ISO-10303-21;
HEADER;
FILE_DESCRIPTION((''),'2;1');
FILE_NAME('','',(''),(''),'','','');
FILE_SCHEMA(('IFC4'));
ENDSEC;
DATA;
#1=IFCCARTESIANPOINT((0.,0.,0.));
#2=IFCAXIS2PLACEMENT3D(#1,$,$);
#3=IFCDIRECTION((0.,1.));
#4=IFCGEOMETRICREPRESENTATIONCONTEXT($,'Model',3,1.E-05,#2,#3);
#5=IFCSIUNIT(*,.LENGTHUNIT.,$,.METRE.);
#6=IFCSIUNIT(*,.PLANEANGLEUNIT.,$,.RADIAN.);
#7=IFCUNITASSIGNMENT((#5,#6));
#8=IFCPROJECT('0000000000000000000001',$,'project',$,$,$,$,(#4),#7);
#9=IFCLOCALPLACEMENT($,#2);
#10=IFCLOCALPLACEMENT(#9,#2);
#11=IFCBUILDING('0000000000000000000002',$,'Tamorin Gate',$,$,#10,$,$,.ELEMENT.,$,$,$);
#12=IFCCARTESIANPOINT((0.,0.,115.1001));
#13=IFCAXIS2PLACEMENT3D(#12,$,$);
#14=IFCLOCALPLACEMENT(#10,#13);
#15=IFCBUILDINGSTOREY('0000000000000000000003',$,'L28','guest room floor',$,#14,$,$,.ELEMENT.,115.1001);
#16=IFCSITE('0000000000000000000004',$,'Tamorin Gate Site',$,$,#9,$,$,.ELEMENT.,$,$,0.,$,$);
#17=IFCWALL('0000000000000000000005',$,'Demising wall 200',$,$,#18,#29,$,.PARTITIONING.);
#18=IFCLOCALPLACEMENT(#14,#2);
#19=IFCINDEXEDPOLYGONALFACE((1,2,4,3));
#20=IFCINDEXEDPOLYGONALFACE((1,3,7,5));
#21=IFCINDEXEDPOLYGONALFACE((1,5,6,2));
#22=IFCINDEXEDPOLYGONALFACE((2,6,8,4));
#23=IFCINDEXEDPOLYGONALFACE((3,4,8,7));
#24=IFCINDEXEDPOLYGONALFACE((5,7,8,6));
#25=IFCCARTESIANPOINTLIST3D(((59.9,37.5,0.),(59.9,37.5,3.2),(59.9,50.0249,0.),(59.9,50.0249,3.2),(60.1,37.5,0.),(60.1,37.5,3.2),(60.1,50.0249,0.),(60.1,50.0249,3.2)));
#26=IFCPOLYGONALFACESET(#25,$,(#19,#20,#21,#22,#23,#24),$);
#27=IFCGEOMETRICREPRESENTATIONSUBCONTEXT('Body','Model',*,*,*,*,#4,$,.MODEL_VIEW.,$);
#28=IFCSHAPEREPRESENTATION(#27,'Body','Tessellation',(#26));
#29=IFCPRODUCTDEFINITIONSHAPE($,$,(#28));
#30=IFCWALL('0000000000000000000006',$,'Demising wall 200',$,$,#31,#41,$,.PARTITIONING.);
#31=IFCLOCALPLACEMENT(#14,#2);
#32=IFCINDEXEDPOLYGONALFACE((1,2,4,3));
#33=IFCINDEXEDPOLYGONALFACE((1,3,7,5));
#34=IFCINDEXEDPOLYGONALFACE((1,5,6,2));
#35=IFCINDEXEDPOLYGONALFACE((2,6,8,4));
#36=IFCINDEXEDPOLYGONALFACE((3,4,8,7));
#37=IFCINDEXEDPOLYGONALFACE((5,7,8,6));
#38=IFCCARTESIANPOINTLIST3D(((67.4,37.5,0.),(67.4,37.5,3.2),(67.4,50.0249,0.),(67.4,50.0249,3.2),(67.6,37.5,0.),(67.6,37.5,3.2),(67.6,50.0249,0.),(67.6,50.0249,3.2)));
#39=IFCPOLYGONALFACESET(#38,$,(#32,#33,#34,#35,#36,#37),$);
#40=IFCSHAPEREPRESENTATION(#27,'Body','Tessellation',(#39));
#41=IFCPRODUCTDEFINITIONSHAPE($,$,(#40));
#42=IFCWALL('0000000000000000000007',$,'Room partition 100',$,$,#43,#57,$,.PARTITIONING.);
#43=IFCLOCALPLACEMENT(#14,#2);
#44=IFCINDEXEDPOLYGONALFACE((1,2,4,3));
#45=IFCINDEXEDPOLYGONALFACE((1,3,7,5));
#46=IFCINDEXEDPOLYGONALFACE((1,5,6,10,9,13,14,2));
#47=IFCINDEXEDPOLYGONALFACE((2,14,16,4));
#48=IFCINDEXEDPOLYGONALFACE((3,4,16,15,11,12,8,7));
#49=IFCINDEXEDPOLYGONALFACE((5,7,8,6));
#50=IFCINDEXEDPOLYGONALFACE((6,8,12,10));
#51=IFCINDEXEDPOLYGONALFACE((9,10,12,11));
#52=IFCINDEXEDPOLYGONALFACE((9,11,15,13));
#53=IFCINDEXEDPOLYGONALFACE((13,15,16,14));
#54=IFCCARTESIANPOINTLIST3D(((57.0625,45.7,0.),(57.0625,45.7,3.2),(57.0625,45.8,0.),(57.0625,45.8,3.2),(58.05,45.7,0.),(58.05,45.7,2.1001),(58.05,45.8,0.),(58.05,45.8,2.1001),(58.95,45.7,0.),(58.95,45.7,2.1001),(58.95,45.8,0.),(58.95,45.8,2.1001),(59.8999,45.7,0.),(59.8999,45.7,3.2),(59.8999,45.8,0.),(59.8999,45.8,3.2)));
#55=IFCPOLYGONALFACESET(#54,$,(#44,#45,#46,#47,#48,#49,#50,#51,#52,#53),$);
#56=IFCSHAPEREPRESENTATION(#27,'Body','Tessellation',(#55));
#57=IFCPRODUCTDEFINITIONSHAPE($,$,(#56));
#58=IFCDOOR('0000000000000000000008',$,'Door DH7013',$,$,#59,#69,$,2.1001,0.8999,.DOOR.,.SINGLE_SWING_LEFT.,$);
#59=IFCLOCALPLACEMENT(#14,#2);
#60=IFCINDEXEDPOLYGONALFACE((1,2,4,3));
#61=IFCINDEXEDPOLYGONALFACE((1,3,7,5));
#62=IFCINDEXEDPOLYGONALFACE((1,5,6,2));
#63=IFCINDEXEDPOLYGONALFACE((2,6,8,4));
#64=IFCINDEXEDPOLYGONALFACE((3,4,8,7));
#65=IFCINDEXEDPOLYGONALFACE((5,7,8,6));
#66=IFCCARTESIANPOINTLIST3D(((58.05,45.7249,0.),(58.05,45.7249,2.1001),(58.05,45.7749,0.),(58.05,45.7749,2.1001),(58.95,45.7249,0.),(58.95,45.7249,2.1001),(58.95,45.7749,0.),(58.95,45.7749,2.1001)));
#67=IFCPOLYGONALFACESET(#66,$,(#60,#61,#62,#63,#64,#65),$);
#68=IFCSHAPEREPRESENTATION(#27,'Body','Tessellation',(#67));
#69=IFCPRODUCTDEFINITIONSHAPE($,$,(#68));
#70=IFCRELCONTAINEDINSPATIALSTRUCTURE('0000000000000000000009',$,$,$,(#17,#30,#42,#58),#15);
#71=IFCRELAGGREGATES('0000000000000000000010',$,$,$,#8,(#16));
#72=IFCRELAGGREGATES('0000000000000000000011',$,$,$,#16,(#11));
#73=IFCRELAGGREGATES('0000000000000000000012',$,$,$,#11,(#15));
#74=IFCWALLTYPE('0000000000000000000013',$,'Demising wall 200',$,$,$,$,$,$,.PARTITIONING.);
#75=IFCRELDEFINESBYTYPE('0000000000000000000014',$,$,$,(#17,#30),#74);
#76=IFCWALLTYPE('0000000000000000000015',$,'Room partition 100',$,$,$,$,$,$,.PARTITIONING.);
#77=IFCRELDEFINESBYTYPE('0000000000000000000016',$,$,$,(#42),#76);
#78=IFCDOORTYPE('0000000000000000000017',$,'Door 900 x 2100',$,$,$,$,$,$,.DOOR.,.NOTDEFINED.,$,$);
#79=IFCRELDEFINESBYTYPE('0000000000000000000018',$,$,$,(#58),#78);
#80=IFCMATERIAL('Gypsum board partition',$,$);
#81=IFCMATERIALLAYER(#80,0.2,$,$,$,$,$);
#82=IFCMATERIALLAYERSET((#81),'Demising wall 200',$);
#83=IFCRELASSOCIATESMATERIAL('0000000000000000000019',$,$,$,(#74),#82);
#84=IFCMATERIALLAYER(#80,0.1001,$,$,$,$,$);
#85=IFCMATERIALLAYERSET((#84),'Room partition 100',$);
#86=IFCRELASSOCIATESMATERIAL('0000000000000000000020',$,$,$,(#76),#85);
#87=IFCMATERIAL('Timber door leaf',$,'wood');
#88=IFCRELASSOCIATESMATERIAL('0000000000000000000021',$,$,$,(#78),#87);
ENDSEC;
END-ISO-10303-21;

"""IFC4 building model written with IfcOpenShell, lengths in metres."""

from ifc_helpers import new_model, si_unit, direction, frame, frame_2d, origin, place, context, subcontext, project, spatial, rectangle, extrude, material, layer, layer_set, type_object, element, fill, save


model = new_model("IFC4")

# Units and contexts
model_context = context("Model", 3, precision=1e-05, world=origin(), true_north=direction((0.0, 1.0)))
body_context = subcontext(model_context, "Body", "Model", "MODEL_VIEW")
ifc_project = project(units=[si_unit("LENGTHUNIT", "METRE"), si_unit("PLANEANGLEUNIT", "RADIAN")], contexts=[model_context])

# Site, building, storey
site_placement = place(None, origin())
site = spatial("IfcSite", under=ifc_project, at=site_placement, Name="Tamorin Gate Site", CompositionType="ELEMENT", RefElevation=0.0)
building_placement = place(site_placement, origin())
building = spatial("IfcBuilding", under=site, at=building_placement, Name="Tamorin Gate", CompositionType="ELEMENT")
storey_placement = place(building_placement, frame((0.0, 0.0, 115.1001)))
storey = spatial("IfcBuildingStorey", under=building, at=storey_placement, Name="L28", Description="guest room floor", CompositionType="ELEMENT", Elevation=115.1001)

# Walls
ifc_material_1 = material(Name="Gypsum board partition")
ifc_layer_1 = layer(ifc_material_1, 0.2)
ifc_layer_set_1 = layer_set([ifc_layer_1], Name="Demising wall 200")
wall_type_1 = type_object("IfcWallType", Name="Demising wall 200", PredefinedType="PARTITIONING", material=ifc_layer_set_1)
for number, where, z_axis, x_axis, name in (
    (1, (60.0, 37.5, 0.0), (0.0, 0.0, 1.0), (0.0, 1.0, 0.0), "Demising wall 200"),
    (2, (67.5, 37.5, 0.0), (0.0, 0.0, 1.0), (0.0, 1.0, 0.0), "Demising wall 200"),
):
    element("IfcWall", number, at=place(storey_placement, frame(where, z_axis=z_axis, x_axis=x_axis)), inside=storey, type_object=wall_type_1, Name=name, PredefinedType="PARTITIONING", context=body_context, shape_type="SweptSolid", body=[
        extrude(rectangle(XDim=12.5249, YDim=0.2, at=frame_2d((6.2625, 0.0))), origin(), (0.0, 0.0, 1.0), 3.2),
    ])

# Wall, opening, door
ifc_layer_2 = layer(ifc_material_1, 0.1001)
ifc_layer_set_2 = layer_set([ifc_layer_2], Name="Room partition 100")
wall_type_2 = type_object("IfcWallType", Name="Room partition 100", PredefinedType="PARTITIONING", material=ifc_layer_set_2)
wall_1_placement = place(storey_placement, frame((57.0625, 45.75, 0.0), z_axis=(0.0, 0.0, 1.0), x_axis=(1.0, 0.0, 0.0)))
wall_1 = element("IfcWall", 3, at=wall_1_placement, inside=storey, type_object=wall_type_2, Name="Room partition 100", PredefinedType="PARTITIONING", context=body_context, shape_type="SweptSolid", body=[
    extrude(rectangle(XDim=2.8374, YDim=0.1001, at=frame_2d((1.4187, 0.0))), origin(), (0.0, 0.0, 1.0), 3.2),
])
opening_1_placement = place(wall_1_placement, frame((0.9875, 0.0, 0.0)))
opening_1 = element("IfcOpeningElement", 4, at=opening_1_placement, cuts=wall_1, PredefinedType="OPENING", context=body_context, shape_type="SweptSolid", body=[
    extrude(rectangle(XDim=0.8999, YDim=2.1001, at=frame_2d((0.45, 1.05))), frame((0.0, 0.0601, 0.0), z_axis=(0.0, -1.0, 0.0), x_axis=(1.0, 0.0, 0.0)), (0.0, 0.0, 1.0), 0.1201),
])
ifc_material_2 = material(Name="Timber door leaf", Category="wood")
door_type = type_object("IfcDoorType", Name="Door 900 x 2100", OperationType="NOTDEFINED", PredefinedType="DOOR", material=ifc_material_2)
door_placement = place(opening_1_placement, origin())
door = element("IfcDoor", 5, at=door_placement, inside=storey, type_object=door_type, Name="Door DH7013", OperationType="SINGLE_SWING_LEFT", OverallHeight=2.1001, OverallWidth=0.8999, PredefinedType="DOOR", context=body_context, shape_type="SweptSolid", body=[
    extrude(rectangle(XDim=0.8999, YDim=2.1001, at=frame_2d((0.45, 1.05))), frame((0.0, 0.0249, 0.0), z_axis=(0.0, -1.0, 0.0), x_axis=(1.0, 0.0, 0.0)), (0.0, 0.0, 1.0), 0.05),
])
fill(opening_1, door)

save(model, "model.ifc")
